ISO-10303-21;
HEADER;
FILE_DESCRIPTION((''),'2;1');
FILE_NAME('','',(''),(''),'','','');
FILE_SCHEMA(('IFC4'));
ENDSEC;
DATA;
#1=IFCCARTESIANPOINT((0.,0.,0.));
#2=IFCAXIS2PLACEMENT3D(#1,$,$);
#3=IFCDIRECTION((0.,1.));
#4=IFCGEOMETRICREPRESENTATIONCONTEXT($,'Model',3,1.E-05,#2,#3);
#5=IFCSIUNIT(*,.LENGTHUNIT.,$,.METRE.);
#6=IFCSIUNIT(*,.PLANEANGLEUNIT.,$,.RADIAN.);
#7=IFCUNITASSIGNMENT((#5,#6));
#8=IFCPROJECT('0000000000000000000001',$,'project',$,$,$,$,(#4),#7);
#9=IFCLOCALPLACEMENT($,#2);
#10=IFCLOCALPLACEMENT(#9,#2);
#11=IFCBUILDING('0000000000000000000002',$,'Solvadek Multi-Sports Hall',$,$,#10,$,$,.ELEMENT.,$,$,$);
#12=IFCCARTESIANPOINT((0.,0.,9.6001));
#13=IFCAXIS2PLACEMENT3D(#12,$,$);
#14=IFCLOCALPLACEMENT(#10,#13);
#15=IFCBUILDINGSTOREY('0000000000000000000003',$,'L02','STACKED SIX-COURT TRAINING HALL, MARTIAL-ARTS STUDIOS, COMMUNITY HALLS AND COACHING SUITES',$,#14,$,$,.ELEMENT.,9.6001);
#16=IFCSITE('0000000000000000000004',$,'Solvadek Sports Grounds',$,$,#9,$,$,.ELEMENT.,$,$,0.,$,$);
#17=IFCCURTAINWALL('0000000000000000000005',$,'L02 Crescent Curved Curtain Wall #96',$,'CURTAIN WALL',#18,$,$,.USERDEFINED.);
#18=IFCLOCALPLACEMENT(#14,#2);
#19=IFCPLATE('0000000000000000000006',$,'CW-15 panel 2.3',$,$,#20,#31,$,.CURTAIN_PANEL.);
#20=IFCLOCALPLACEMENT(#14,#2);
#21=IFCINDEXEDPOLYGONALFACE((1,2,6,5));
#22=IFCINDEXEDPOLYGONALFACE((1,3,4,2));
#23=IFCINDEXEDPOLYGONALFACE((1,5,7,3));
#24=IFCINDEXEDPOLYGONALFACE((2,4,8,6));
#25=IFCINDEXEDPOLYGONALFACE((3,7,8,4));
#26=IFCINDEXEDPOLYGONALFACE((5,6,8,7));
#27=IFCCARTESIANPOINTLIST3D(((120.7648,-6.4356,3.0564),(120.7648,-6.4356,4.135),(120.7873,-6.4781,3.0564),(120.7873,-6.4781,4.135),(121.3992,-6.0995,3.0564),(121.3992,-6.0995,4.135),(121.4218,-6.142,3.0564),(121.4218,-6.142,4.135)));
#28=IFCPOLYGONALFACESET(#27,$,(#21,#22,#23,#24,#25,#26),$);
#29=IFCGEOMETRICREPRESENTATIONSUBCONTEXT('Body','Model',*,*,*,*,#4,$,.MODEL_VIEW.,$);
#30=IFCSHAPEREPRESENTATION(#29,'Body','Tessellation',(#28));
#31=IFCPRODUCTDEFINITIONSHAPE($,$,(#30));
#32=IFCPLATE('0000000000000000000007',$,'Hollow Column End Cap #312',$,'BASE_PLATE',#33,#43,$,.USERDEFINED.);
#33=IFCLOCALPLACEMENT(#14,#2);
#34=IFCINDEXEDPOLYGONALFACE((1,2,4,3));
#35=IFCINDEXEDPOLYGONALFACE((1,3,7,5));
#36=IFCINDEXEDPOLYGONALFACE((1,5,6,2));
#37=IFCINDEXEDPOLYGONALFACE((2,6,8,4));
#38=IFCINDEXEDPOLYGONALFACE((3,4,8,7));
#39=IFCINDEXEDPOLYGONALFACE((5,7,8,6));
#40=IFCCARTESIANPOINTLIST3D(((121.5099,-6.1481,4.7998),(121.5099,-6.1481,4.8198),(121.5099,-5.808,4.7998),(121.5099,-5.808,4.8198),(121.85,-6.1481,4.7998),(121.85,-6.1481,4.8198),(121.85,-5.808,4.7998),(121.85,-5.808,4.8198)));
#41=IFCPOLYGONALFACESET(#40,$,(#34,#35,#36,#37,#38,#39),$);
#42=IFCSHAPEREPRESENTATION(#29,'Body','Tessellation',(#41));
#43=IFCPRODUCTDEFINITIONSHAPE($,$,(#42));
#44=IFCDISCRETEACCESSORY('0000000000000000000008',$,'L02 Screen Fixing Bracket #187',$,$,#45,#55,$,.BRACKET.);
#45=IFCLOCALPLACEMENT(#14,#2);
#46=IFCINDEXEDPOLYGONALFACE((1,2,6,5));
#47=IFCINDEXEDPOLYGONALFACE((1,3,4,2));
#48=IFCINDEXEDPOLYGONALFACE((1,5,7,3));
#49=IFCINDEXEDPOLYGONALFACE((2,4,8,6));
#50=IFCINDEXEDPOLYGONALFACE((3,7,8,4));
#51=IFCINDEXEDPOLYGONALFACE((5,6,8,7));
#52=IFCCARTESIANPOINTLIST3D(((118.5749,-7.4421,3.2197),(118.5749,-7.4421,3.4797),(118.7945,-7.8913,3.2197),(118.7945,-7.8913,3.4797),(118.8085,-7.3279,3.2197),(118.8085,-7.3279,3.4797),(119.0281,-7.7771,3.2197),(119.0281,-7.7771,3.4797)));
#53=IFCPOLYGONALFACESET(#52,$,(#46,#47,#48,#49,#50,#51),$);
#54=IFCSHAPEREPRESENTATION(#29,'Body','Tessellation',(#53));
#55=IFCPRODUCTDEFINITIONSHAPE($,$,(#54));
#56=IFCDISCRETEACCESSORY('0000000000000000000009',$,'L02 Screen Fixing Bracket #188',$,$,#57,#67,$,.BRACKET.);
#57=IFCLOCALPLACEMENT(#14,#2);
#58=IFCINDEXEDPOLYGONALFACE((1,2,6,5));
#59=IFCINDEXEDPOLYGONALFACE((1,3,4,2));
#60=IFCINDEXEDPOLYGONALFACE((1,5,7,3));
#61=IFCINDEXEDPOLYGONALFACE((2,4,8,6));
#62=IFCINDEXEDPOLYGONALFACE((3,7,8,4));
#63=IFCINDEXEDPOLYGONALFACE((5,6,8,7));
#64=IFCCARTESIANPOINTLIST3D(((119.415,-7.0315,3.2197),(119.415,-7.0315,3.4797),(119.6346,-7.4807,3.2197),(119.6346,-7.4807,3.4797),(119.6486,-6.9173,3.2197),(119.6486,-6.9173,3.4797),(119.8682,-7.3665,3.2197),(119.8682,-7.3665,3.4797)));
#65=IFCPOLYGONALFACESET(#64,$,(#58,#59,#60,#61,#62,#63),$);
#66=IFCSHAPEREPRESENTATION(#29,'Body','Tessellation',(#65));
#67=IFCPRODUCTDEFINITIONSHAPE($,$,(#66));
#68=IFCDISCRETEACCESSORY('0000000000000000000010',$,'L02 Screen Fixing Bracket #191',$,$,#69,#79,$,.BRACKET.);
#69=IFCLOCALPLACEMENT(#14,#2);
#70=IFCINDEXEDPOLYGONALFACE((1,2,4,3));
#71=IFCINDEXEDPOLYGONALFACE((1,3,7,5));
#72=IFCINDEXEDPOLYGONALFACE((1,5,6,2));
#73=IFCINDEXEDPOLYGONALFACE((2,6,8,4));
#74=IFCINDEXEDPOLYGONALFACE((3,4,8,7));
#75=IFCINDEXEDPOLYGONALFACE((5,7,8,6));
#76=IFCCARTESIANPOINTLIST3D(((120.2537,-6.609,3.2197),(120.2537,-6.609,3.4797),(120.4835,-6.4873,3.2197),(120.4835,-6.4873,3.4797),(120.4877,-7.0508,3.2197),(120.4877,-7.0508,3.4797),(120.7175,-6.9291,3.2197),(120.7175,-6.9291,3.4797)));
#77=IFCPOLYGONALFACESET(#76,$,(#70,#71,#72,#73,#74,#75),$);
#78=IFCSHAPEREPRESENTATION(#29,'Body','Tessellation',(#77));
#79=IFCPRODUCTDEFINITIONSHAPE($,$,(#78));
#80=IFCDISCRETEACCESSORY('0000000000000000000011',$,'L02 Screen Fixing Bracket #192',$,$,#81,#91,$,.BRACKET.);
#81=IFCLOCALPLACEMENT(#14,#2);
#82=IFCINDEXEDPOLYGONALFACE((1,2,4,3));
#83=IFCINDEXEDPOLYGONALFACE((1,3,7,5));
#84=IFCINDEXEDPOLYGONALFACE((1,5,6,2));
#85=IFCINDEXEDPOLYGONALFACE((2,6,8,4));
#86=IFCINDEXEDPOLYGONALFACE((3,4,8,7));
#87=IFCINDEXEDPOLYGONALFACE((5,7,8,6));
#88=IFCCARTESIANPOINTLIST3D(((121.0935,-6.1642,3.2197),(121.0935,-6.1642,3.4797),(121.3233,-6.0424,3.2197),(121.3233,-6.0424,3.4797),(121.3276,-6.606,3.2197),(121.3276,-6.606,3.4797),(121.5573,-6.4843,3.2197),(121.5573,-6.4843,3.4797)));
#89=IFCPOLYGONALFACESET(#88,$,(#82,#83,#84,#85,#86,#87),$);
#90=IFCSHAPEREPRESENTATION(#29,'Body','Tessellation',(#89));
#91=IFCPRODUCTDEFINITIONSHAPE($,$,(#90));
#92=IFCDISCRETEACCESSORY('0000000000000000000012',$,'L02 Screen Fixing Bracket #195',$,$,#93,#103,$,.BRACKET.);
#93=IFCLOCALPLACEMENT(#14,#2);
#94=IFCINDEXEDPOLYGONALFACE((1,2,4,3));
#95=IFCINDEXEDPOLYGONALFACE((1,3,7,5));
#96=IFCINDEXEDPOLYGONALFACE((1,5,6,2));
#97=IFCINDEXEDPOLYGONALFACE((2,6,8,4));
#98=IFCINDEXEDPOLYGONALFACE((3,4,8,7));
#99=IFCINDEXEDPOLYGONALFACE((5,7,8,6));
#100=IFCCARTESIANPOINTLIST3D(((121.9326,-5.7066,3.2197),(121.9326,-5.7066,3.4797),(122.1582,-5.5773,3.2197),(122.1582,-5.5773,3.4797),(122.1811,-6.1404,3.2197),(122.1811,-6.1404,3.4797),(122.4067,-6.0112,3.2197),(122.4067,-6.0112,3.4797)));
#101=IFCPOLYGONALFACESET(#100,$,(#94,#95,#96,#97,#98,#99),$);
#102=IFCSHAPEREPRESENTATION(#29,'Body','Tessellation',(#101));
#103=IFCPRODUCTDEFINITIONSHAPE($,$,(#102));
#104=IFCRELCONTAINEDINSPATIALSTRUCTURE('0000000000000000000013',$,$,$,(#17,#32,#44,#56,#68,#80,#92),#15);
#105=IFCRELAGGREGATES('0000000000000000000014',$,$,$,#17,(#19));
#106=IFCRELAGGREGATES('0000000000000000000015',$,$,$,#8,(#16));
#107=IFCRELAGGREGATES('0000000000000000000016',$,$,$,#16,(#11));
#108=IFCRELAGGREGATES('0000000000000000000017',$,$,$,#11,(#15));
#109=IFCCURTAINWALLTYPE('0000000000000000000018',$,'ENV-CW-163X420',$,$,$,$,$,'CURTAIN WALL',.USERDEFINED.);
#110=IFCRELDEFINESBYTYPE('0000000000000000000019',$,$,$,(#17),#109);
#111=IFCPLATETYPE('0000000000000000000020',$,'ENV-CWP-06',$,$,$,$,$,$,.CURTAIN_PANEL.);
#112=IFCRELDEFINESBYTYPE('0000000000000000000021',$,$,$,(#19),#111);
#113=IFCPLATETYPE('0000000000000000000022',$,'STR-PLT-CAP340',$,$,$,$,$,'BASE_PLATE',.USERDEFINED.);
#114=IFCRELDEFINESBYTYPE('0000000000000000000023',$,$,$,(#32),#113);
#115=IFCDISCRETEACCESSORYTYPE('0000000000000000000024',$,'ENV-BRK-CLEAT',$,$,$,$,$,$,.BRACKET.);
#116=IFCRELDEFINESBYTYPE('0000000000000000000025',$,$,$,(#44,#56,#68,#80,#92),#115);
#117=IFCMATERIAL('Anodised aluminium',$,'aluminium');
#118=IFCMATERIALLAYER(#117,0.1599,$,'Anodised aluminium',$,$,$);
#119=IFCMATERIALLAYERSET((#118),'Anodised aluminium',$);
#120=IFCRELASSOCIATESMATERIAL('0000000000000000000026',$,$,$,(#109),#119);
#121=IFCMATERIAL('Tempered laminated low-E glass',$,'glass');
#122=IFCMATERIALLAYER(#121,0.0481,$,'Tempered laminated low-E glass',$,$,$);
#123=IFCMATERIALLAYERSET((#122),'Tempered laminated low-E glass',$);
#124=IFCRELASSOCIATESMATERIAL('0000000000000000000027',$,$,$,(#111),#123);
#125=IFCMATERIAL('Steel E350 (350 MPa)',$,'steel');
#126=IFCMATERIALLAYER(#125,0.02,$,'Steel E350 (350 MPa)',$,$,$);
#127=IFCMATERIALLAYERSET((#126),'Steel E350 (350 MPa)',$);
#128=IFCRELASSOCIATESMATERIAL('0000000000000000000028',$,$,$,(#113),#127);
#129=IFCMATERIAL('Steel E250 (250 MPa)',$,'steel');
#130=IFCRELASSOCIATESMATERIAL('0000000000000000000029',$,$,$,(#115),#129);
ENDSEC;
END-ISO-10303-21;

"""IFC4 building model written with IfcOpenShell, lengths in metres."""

from ifc_helpers import new_model, si_unit, direction, frame, origin, origin_2d, place, context, subcontext, project, spatial, rectangle, extrude, material, layer, layer_set, type_object, element, aggregate, save


model = new_model("IFC4")

# Units and contexts
model_context = context("Model", 3, precision=1e-05, world=origin(), true_north=direction((0.0, 1.0)))
body_context = subcontext(model_context, "Body", "Model", "MODEL_VIEW")
ifc_project = project(units=[si_unit("LENGTHUNIT", "METRE"), si_unit("PLANEANGLEUNIT", "RADIAN")], contexts=[model_context])

# Site, building, storey
site_placement = place(None, origin())
site = spatial("IfcSite", under=ifc_project, at=site_placement, Name="Solvadek Sports Grounds", CompositionType="ELEMENT", RefElevation=0.0)
building_placement = place(site_placement, origin())
building = spatial("IfcBuilding", under=site, at=building_placement, Name="Solvadek Multi-Sports Hall", CompositionType="ELEMENT")
storey_placement = place(building_placement, frame((0.0, 0.0, 9.6001)))
storey = spatial("IfcBuildingStorey", under=building, at=storey_placement, Name="L02", Description="STACKED SIX-COURT TRAINING HALL, MARTIAL-ARTS STUDIOS, COMMUNITY HALLS AND COACHING SUITES", CompositionType="ELEMENT", Elevation=9.6001)

# Curtain wall
ifc_material_1 = material(Name="Anodised aluminium", Category="aluminium")
ifc_layer_1 = layer(ifc_material_1, 0.1599, Name="Anodised aluminium")
ifc_layer_set_1 = layer_set([ifc_layer_1], Name="Anodised aluminium")
curtain_wall_type_1 = type_object("IfcCurtainWallType", Name="ENV-CW-163X420", ElementType="CURTAIN WALL", PredefinedType="USERDEFINED", material=ifc_layer_set_1)
curtain_wall_1_placement = place(storey_placement, origin())
curtain_wall_1 = element("IfcCurtainWall", 1, at=curtain_wall_1_placement, inside=storey, type_object=curtain_wall_type_1, Name="L02 Crescent Curved Curtain Wall #96", ObjectType="CURTAIN WALL", PredefinedType="USERDEFINED")

# Shared definitions
ifc_material_2 = material(Name="Steel E350 (350 MPa)", Category="steel")

# Shared definitions
ifc_material_3 = material(Name="Steel E250 (250 MPa)", Category="steel")

# Plates
ifc_material_4 = material(Name="Tempered laminated low-E glass", Category="glass")
ifc_layer_2 = layer(ifc_material_4, 0.0481, Name="Tempered laminated low-E glass")
ifc_layer_set_2 = layer_set([ifc_layer_2], Name="Tempered laminated low-E glass")
plate_type_1 = type_object("IfcPlateType", Name="ENV-CWP-06", PredefinedType="CURTAIN_PANEL", material=ifc_layer_set_2)
plate_1_placement = place(storey_placement, frame((121.0933, -6.2888, 3.0564), z_axis=(0.0, 0.0, 1.0), x_axis=(0.88366, 0.46813, 0.0)))
plate_1 = element("IfcPlate", 2, at=plate_1_placement, type_object=plate_type_1, Name="CW-15 panel 2.3", PredefinedType="CURTAIN_PANEL", context=body_context, shape_type="SweptSolid", body=[
    extrude(rectangle(XDim=0.718, YDim=0.0481, at=origin_2d()), origin(), (0.0, 0.0, 1.0), 1.0786),
])
aggregate(curtain_wall_1, [plate_1])
ifc_layer_3 = layer(ifc_material_2, 0.02, Name="Steel E350 (350 MPa)")
ifc_layer_set_3 = layer_set([ifc_layer_3], Name="Steel E350 (350 MPa)")
plate_type_2 = type_object("IfcPlateType", Name="STR-PLT-CAP340", ElementType="BASE_PLATE", PredefinedType="USERDEFINED", material=ifc_layer_set_3)
plate_2_placement = place(storey_placement, frame((121.6799, -5.978, 4.7998), z_axis=(0.0, 0.0, 1.0), x_axis=(1.0, 0.0, 0.0)))
element("IfcPlate", 3, at=plate_2_placement, inside=storey, type_object=plate_type_2, Name="Hollow Column End Cap #312", ObjectType="BASE_PLATE", PredefinedType="USERDEFINED", context=body_context, shape_type="SweptSolid", body=[
    extrude(rectangle(XDim=0.3401, YDim=0.3401, at=origin_2d()), origin(), (0.0, 0.0, 1.0), 0.02),
])

# Discrete accessories
discrete_accessory_type = type_object("IfcDiscreteAccessoryType", Name="ENV-BRK-CLEAT", PredefinedType="BRACKET", material=ifc_material_3)
for number, where, z_axis, x_axis, name in (
    (4, (118.8015, -7.6096, 3.2197), (0.0, 0.0, 1.0), (0.89837, 0.439239, 0.0), "L02 Screen Fixing Bracket #187"),
    (5, (119.6416, -7.199, 3.2197), (0.0, 0.0, 1.0), (0.89837, 0.439239, 0.0), "L02 Screen Fixing Bracket #188"),
    (6, (120.4856, -6.769, 3.2197), (0.0, 0.0, 1.0), (0.883682, 0.468088, 0.0), "L02 Screen Fixing Bracket #191"),
    (7, (121.3254, -6.3242, 3.2197), (0.0, 0.0, 1.0), (0.883682, 0.468088, 0.0), "L02 Screen Fixing Bracket #192"),
    (8, (122.1697, -5.8589, 3.2197), (0.0, 0.0, 1.0), (0.867753, 0.496995, 0.0), "L02 Screen Fixing Bracket #195"),
):
    element("IfcDiscreteAccessory", number, at=place(storey_placement, frame(where, z_axis=z_axis, x_axis=x_axis)), inside=storey, type_object=discrete_accessory_type, Name=name, PredefinedType="BRACKET", context=body_context, shape_type="SweptSolid", body=[
        extrude(rectangle(XDim=0.26, YDim=0.5, at=origin_2d()), origin(), (0.0, 0.0, 1.0), 0.26),
    ])

save(model, "model.ifc")
